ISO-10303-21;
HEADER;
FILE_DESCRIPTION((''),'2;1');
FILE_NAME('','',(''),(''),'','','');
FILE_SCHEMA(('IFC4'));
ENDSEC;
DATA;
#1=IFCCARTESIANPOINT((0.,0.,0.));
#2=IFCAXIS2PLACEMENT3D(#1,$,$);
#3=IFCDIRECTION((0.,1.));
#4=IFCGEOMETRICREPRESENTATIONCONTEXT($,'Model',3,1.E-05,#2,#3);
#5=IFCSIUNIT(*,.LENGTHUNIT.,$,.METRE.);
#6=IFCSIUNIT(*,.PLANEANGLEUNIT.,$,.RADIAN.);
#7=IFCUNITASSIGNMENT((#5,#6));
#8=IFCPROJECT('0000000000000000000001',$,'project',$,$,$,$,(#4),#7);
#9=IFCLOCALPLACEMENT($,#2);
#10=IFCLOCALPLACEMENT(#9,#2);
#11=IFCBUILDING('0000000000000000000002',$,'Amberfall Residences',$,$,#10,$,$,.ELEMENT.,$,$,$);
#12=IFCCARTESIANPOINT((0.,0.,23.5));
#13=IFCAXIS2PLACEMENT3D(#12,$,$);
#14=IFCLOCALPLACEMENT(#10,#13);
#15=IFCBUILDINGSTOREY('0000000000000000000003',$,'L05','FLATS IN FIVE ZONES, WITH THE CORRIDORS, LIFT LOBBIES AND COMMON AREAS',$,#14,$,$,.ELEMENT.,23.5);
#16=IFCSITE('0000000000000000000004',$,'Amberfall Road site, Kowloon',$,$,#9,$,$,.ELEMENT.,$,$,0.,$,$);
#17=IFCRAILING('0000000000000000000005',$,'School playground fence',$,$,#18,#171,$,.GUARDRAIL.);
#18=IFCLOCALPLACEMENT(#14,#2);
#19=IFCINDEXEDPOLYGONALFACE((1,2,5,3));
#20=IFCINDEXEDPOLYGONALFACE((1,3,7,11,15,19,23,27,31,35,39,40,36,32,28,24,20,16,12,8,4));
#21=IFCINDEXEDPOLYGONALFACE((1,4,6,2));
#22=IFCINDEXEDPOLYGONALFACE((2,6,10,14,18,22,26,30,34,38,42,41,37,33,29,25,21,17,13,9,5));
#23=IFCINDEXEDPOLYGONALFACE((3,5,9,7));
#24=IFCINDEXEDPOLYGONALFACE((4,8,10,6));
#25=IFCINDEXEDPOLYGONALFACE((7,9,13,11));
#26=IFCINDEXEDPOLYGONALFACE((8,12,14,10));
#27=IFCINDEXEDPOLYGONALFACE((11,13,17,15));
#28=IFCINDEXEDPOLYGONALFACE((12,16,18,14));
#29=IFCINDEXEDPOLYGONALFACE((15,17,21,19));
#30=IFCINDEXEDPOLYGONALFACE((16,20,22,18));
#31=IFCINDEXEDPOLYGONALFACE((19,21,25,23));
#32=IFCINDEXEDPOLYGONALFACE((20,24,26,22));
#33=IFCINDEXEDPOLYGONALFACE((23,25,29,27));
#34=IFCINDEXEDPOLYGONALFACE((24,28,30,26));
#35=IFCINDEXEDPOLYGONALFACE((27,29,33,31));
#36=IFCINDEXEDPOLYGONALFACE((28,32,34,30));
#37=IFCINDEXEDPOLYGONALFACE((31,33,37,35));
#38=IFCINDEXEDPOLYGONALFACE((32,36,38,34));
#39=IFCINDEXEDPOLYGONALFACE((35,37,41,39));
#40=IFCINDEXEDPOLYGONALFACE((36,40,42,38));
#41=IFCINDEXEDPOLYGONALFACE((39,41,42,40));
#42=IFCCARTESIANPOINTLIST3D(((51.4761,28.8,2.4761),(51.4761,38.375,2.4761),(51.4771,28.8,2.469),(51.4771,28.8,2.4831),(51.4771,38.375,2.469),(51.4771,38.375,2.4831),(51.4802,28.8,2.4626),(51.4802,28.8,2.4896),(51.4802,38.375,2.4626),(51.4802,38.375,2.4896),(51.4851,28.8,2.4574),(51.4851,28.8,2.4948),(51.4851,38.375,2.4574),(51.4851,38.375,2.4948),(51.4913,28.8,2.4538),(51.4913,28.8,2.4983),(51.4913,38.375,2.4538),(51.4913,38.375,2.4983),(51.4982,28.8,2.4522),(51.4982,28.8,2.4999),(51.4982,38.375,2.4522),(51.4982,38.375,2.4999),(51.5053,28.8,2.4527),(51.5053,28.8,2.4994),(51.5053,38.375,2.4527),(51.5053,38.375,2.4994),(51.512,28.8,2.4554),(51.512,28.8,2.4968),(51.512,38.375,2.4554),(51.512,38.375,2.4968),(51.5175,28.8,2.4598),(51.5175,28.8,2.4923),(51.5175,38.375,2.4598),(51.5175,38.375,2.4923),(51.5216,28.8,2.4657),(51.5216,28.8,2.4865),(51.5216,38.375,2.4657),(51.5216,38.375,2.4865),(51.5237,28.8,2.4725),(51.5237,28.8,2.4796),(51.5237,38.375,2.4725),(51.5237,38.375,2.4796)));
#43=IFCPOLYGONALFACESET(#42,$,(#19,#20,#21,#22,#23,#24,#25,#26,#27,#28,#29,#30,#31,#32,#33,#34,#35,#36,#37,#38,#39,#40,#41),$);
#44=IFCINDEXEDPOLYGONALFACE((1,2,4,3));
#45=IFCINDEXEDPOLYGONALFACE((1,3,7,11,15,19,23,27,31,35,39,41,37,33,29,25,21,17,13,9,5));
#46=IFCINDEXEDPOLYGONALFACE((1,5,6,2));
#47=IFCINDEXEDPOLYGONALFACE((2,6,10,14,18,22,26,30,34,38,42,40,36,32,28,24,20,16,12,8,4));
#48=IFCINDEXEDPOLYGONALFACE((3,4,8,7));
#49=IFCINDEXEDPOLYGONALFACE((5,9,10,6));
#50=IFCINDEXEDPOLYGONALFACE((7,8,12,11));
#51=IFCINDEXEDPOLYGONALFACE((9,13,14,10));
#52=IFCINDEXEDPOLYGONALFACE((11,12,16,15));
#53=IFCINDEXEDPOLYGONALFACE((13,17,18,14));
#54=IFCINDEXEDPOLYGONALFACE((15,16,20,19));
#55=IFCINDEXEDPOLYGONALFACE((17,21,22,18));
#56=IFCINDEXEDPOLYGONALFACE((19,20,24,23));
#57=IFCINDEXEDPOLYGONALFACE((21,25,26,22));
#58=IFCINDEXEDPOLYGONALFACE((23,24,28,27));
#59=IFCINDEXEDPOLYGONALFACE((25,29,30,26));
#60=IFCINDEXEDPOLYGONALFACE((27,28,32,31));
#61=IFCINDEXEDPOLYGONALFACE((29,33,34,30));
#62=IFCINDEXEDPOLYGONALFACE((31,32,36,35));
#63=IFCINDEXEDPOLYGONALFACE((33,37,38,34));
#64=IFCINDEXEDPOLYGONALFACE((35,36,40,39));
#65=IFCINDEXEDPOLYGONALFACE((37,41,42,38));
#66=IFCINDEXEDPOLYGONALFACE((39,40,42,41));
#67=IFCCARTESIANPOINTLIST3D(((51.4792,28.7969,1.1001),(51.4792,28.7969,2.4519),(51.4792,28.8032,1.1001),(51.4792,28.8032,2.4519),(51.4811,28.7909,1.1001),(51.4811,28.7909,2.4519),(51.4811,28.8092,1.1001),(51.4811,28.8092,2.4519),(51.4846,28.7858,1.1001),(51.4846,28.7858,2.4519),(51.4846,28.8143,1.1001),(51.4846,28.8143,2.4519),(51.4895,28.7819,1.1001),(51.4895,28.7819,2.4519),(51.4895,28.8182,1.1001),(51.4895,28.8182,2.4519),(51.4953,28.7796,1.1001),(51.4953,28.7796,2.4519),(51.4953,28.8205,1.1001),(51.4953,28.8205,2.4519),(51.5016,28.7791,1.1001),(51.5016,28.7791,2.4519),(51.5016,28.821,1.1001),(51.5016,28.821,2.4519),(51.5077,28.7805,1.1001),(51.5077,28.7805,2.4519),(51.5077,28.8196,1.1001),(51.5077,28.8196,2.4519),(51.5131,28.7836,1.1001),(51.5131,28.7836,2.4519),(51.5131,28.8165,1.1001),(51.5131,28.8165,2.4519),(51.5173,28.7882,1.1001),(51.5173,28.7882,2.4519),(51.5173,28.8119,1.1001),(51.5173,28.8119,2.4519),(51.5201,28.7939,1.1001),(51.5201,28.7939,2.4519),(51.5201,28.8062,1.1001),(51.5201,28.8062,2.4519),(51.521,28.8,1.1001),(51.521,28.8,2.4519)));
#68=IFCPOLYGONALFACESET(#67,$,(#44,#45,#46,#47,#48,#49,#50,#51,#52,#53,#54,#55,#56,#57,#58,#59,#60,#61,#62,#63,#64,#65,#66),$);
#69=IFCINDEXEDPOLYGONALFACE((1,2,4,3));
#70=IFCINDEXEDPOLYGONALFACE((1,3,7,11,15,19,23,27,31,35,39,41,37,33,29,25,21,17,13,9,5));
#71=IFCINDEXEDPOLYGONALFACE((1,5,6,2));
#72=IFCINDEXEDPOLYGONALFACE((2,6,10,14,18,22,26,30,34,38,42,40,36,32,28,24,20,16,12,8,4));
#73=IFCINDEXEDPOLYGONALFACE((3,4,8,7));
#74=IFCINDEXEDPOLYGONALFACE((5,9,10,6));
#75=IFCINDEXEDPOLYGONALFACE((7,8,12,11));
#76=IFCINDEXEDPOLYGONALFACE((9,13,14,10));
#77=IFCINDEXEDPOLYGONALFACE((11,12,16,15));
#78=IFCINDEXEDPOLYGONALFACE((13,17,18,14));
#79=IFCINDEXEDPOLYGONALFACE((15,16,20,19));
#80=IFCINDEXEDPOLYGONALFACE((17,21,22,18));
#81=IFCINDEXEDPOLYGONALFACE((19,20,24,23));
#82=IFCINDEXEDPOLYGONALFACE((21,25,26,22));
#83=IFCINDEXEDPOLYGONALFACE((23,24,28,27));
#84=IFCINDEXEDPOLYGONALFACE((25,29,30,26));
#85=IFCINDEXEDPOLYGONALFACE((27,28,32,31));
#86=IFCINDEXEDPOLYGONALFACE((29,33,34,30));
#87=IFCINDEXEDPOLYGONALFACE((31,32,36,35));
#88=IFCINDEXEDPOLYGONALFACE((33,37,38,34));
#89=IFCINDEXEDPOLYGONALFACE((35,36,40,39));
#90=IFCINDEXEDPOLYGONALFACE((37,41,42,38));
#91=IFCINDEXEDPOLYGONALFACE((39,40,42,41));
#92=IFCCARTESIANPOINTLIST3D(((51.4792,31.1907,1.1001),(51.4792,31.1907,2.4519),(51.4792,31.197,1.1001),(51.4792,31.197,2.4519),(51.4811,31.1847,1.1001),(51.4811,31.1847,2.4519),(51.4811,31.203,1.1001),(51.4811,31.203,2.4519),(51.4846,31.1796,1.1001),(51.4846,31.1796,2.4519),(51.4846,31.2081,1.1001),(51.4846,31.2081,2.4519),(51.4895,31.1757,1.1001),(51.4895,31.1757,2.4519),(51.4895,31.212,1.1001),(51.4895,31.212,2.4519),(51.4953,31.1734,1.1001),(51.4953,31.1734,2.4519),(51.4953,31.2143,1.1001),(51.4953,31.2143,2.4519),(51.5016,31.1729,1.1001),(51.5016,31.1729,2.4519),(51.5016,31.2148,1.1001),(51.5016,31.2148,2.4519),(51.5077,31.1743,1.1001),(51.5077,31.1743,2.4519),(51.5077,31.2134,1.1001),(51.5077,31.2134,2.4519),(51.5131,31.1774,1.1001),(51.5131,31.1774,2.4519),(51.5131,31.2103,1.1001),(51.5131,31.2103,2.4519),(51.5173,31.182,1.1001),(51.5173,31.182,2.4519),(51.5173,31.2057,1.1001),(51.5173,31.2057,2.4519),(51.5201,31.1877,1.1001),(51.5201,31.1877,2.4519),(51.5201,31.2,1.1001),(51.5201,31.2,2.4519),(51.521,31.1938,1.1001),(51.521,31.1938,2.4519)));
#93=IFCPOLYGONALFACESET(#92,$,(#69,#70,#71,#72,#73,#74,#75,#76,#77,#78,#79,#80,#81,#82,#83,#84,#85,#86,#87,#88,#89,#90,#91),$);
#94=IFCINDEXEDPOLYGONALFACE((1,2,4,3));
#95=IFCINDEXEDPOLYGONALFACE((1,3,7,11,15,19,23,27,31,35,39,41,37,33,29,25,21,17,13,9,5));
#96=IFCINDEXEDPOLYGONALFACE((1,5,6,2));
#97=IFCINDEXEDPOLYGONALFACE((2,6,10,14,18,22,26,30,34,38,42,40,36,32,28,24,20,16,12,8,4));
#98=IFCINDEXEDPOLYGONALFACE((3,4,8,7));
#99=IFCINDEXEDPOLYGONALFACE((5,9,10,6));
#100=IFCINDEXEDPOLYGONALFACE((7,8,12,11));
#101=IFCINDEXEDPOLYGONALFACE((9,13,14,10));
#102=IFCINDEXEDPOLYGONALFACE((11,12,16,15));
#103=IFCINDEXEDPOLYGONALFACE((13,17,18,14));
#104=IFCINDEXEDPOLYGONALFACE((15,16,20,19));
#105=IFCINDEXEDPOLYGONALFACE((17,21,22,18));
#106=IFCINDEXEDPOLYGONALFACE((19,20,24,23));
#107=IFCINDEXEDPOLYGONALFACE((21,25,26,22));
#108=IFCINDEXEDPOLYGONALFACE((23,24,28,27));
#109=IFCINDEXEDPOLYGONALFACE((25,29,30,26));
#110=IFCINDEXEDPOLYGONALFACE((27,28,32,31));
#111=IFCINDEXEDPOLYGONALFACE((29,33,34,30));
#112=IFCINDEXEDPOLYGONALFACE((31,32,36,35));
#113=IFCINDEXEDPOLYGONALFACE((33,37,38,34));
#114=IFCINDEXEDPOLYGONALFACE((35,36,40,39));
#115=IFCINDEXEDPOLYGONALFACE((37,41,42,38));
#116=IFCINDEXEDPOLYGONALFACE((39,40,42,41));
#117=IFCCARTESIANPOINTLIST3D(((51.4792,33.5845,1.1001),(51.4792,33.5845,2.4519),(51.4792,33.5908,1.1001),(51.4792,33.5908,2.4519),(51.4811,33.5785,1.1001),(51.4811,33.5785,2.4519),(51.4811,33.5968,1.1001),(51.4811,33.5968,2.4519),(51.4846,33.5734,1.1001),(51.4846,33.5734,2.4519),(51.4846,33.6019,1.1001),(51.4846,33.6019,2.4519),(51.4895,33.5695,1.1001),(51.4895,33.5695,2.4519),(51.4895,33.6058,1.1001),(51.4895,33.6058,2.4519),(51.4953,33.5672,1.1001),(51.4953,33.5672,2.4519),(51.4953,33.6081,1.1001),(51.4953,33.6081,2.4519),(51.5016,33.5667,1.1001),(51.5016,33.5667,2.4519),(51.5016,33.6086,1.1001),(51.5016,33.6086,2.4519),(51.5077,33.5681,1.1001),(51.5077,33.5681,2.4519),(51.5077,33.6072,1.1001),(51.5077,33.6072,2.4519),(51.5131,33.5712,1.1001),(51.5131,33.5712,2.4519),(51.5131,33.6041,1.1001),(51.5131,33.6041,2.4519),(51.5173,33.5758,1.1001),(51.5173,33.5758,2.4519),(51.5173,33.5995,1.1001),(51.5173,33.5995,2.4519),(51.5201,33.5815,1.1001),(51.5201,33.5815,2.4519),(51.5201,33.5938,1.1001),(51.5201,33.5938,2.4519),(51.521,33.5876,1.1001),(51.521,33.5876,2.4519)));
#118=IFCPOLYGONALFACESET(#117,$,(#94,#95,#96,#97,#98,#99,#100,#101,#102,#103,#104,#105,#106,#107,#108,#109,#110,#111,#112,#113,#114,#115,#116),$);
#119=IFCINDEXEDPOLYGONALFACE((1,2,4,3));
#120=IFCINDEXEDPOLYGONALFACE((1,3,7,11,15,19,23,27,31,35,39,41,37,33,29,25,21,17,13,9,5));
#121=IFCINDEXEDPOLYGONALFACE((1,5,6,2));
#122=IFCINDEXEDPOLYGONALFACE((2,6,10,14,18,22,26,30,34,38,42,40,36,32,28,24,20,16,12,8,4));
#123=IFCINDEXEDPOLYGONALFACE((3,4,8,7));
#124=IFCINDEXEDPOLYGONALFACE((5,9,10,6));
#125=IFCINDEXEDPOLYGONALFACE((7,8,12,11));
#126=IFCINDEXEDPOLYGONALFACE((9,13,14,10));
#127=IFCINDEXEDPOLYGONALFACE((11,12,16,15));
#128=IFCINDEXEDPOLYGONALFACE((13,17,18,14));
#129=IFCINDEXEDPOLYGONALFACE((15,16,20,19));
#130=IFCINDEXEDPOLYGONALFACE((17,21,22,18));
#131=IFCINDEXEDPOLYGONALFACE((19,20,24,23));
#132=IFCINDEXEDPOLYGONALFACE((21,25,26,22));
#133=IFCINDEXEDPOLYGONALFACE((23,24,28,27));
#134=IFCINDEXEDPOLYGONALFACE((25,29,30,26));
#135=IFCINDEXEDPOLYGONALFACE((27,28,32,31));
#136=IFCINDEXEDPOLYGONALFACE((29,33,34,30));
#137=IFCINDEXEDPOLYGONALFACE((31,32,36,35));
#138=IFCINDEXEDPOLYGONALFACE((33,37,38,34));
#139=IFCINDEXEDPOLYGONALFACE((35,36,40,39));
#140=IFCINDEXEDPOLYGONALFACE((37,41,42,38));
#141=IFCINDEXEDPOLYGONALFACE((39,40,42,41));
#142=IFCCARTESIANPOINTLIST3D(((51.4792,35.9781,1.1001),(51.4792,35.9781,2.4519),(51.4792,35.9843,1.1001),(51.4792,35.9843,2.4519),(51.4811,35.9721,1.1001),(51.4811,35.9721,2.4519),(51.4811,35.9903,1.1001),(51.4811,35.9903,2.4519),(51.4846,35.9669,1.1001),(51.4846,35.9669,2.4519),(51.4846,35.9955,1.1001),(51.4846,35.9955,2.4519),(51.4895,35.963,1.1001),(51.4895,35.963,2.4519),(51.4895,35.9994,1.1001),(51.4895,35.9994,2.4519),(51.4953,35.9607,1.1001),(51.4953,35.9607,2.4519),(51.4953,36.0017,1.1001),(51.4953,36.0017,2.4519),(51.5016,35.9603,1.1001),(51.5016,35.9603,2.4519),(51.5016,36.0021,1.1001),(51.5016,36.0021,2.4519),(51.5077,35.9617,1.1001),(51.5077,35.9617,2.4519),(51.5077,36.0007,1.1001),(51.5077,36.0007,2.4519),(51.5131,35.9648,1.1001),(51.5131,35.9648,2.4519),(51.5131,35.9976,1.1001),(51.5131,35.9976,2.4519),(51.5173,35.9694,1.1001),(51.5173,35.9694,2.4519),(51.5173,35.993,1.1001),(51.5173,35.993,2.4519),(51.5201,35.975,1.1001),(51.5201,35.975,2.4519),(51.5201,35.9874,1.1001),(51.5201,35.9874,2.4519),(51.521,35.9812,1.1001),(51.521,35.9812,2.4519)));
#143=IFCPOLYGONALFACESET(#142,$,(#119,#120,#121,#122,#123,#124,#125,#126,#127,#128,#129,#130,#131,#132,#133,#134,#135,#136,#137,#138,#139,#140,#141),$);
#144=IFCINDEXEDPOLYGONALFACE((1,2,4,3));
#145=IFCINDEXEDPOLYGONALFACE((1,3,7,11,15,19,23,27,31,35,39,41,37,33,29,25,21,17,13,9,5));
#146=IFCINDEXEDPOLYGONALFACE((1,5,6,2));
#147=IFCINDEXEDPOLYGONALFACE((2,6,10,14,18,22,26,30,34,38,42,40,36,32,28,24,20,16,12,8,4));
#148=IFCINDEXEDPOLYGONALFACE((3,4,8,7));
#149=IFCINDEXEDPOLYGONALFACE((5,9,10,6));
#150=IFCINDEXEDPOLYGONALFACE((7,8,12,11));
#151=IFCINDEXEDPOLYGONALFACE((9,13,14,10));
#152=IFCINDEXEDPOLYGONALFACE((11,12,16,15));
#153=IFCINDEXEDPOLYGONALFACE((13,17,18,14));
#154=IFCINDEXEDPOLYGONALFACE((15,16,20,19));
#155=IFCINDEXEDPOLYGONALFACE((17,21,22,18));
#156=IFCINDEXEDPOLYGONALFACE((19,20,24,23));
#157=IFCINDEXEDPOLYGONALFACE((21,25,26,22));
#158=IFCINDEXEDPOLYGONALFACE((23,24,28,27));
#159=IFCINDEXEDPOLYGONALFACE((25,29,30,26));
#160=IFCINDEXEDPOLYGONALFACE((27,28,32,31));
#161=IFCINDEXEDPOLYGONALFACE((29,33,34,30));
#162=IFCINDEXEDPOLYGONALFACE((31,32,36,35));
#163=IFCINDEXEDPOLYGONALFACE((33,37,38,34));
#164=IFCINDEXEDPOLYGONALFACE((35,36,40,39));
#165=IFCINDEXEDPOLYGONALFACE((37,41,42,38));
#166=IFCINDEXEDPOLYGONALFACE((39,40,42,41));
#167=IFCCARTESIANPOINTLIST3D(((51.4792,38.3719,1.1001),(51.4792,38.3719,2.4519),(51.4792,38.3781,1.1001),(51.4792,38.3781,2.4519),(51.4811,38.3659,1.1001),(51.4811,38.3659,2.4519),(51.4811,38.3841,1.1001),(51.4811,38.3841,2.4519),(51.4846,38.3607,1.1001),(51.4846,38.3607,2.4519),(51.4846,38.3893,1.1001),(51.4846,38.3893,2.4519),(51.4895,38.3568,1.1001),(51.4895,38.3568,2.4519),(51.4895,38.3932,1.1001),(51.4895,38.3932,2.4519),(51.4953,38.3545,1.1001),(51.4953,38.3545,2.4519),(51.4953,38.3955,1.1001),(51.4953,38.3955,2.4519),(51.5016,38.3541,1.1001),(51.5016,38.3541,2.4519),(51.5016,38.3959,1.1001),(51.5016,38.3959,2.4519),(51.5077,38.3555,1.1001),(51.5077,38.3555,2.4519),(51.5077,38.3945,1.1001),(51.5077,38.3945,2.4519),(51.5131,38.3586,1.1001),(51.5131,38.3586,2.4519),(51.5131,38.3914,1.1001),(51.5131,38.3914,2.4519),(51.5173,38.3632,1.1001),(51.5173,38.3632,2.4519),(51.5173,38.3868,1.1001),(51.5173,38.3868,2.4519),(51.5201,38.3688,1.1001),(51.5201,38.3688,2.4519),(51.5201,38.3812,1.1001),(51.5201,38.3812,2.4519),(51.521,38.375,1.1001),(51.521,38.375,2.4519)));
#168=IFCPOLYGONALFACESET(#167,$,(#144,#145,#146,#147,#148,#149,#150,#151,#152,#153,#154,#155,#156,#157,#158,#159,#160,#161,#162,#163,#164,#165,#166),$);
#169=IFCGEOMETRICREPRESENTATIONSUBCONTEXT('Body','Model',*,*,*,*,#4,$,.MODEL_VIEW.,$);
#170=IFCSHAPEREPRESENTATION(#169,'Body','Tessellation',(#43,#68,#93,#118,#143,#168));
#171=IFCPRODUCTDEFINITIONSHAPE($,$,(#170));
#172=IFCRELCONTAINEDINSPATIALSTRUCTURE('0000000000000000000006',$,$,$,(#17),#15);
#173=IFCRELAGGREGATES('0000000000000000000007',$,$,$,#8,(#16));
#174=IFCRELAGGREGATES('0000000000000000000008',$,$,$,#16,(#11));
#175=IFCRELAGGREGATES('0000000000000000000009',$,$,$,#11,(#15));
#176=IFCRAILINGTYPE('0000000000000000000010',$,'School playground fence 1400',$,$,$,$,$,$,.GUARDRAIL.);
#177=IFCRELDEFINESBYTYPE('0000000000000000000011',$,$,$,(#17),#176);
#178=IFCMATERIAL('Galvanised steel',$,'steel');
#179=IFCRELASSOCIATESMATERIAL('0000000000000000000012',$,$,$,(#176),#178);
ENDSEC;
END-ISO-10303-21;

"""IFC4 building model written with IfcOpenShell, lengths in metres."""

from ifc_helpers import new_model, si_unit, direction, frame, origin, origin_2d, place, context, subcontext, project, spatial, circle, extrude, material, type_object, element, save


model = new_model("IFC4")

# Units and contexts
model_context = context("Model", 3, precision=1e-05, world=origin(), true_north=direction((0.0, 1.0)))
body_context = subcontext(model_context, "Body", "Model", "MODEL_VIEW")
ifc_project = project(units=[si_unit("LENGTHUNIT", "METRE"), si_unit("PLANEANGLEUNIT", "RADIAN")], contexts=[model_context])

# Site, building, storey
site_placement = place(None, origin())
site = spatial("IfcSite", under=ifc_project, at=site_placement, Name="Amberfall Road site, Kowloon", CompositionType="ELEMENT", RefElevation=0.0)
building_placement = place(site_placement, origin())
building = spatial("IfcBuilding", under=site, at=building_placement, Name="Amberfall Residences", CompositionType="ELEMENT")
storey_placement = place(building_placement, frame((0.0, 0.0, 23.5)))
storey = spatial("IfcBuildingStorey", under=building, at=storey_placement, Name="L05", Description="FLATS IN FIVE ZONES, WITH THE CORRIDORS, LIFT LOBBIES AND COMMON AREAS", CompositionType="ELEMENT", Elevation=23.5)

# Railing
ifc_material_1 = material(Name="Galvanised steel", Category="steel")
railing_type = type_object("IfcRailingType", Name="School playground fence 1400", PredefinedType="GUARDRAIL", material=ifc_material_1)
railing_placement = place(storey_placement, frame((51.5, 28.8, 1.1001)))
element("IfcRailing", 1, at=railing_placement, inside=storey, type_object=railing_type, Name="School playground fence", PredefinedType="GUARDRAIL", context=body_context, shape_type="SweptSolid", body=[
    extrude(circle(Radius=0.0239, at=origin_2d()), frame((0.0, 0.0, 1.376), z_axis=(0.0, 1.0, 0.0), x_axis=(-1.0, 0.0, 0.0)), (0.0, 0.0, 1.0), 9.575),
    extrude(circle(Radius=0.021, at=origin_2d()), origin(), (0.0, 0.0, 1.0), 1.3518),
    extrude(circle(Radius=0.021, at=origin_2d()), frame((0.0, 2.3938, 0.0)), (0.0, 0.0, 1.0), 1.3518),
    extrude(circle(Radius=0.021, at=origin_2d()), frame((0.0, 4.7876, 0.0)), (0.0, 0.0, 1.0), 1.3518),
    extrude(circle(Radius=0.021, at=origin_2d()), frame((0.0, 7.1812, 0.0)), (0.0, 0.0, 1.0), 1.3518),
    extrude(circle(Radius=0.021, at=origin_2d()), frame((0.0, 9.575, 0.0)), (0.0, 0.0, 1.0), 1.3518),
])

save(model, "model.ifc")
